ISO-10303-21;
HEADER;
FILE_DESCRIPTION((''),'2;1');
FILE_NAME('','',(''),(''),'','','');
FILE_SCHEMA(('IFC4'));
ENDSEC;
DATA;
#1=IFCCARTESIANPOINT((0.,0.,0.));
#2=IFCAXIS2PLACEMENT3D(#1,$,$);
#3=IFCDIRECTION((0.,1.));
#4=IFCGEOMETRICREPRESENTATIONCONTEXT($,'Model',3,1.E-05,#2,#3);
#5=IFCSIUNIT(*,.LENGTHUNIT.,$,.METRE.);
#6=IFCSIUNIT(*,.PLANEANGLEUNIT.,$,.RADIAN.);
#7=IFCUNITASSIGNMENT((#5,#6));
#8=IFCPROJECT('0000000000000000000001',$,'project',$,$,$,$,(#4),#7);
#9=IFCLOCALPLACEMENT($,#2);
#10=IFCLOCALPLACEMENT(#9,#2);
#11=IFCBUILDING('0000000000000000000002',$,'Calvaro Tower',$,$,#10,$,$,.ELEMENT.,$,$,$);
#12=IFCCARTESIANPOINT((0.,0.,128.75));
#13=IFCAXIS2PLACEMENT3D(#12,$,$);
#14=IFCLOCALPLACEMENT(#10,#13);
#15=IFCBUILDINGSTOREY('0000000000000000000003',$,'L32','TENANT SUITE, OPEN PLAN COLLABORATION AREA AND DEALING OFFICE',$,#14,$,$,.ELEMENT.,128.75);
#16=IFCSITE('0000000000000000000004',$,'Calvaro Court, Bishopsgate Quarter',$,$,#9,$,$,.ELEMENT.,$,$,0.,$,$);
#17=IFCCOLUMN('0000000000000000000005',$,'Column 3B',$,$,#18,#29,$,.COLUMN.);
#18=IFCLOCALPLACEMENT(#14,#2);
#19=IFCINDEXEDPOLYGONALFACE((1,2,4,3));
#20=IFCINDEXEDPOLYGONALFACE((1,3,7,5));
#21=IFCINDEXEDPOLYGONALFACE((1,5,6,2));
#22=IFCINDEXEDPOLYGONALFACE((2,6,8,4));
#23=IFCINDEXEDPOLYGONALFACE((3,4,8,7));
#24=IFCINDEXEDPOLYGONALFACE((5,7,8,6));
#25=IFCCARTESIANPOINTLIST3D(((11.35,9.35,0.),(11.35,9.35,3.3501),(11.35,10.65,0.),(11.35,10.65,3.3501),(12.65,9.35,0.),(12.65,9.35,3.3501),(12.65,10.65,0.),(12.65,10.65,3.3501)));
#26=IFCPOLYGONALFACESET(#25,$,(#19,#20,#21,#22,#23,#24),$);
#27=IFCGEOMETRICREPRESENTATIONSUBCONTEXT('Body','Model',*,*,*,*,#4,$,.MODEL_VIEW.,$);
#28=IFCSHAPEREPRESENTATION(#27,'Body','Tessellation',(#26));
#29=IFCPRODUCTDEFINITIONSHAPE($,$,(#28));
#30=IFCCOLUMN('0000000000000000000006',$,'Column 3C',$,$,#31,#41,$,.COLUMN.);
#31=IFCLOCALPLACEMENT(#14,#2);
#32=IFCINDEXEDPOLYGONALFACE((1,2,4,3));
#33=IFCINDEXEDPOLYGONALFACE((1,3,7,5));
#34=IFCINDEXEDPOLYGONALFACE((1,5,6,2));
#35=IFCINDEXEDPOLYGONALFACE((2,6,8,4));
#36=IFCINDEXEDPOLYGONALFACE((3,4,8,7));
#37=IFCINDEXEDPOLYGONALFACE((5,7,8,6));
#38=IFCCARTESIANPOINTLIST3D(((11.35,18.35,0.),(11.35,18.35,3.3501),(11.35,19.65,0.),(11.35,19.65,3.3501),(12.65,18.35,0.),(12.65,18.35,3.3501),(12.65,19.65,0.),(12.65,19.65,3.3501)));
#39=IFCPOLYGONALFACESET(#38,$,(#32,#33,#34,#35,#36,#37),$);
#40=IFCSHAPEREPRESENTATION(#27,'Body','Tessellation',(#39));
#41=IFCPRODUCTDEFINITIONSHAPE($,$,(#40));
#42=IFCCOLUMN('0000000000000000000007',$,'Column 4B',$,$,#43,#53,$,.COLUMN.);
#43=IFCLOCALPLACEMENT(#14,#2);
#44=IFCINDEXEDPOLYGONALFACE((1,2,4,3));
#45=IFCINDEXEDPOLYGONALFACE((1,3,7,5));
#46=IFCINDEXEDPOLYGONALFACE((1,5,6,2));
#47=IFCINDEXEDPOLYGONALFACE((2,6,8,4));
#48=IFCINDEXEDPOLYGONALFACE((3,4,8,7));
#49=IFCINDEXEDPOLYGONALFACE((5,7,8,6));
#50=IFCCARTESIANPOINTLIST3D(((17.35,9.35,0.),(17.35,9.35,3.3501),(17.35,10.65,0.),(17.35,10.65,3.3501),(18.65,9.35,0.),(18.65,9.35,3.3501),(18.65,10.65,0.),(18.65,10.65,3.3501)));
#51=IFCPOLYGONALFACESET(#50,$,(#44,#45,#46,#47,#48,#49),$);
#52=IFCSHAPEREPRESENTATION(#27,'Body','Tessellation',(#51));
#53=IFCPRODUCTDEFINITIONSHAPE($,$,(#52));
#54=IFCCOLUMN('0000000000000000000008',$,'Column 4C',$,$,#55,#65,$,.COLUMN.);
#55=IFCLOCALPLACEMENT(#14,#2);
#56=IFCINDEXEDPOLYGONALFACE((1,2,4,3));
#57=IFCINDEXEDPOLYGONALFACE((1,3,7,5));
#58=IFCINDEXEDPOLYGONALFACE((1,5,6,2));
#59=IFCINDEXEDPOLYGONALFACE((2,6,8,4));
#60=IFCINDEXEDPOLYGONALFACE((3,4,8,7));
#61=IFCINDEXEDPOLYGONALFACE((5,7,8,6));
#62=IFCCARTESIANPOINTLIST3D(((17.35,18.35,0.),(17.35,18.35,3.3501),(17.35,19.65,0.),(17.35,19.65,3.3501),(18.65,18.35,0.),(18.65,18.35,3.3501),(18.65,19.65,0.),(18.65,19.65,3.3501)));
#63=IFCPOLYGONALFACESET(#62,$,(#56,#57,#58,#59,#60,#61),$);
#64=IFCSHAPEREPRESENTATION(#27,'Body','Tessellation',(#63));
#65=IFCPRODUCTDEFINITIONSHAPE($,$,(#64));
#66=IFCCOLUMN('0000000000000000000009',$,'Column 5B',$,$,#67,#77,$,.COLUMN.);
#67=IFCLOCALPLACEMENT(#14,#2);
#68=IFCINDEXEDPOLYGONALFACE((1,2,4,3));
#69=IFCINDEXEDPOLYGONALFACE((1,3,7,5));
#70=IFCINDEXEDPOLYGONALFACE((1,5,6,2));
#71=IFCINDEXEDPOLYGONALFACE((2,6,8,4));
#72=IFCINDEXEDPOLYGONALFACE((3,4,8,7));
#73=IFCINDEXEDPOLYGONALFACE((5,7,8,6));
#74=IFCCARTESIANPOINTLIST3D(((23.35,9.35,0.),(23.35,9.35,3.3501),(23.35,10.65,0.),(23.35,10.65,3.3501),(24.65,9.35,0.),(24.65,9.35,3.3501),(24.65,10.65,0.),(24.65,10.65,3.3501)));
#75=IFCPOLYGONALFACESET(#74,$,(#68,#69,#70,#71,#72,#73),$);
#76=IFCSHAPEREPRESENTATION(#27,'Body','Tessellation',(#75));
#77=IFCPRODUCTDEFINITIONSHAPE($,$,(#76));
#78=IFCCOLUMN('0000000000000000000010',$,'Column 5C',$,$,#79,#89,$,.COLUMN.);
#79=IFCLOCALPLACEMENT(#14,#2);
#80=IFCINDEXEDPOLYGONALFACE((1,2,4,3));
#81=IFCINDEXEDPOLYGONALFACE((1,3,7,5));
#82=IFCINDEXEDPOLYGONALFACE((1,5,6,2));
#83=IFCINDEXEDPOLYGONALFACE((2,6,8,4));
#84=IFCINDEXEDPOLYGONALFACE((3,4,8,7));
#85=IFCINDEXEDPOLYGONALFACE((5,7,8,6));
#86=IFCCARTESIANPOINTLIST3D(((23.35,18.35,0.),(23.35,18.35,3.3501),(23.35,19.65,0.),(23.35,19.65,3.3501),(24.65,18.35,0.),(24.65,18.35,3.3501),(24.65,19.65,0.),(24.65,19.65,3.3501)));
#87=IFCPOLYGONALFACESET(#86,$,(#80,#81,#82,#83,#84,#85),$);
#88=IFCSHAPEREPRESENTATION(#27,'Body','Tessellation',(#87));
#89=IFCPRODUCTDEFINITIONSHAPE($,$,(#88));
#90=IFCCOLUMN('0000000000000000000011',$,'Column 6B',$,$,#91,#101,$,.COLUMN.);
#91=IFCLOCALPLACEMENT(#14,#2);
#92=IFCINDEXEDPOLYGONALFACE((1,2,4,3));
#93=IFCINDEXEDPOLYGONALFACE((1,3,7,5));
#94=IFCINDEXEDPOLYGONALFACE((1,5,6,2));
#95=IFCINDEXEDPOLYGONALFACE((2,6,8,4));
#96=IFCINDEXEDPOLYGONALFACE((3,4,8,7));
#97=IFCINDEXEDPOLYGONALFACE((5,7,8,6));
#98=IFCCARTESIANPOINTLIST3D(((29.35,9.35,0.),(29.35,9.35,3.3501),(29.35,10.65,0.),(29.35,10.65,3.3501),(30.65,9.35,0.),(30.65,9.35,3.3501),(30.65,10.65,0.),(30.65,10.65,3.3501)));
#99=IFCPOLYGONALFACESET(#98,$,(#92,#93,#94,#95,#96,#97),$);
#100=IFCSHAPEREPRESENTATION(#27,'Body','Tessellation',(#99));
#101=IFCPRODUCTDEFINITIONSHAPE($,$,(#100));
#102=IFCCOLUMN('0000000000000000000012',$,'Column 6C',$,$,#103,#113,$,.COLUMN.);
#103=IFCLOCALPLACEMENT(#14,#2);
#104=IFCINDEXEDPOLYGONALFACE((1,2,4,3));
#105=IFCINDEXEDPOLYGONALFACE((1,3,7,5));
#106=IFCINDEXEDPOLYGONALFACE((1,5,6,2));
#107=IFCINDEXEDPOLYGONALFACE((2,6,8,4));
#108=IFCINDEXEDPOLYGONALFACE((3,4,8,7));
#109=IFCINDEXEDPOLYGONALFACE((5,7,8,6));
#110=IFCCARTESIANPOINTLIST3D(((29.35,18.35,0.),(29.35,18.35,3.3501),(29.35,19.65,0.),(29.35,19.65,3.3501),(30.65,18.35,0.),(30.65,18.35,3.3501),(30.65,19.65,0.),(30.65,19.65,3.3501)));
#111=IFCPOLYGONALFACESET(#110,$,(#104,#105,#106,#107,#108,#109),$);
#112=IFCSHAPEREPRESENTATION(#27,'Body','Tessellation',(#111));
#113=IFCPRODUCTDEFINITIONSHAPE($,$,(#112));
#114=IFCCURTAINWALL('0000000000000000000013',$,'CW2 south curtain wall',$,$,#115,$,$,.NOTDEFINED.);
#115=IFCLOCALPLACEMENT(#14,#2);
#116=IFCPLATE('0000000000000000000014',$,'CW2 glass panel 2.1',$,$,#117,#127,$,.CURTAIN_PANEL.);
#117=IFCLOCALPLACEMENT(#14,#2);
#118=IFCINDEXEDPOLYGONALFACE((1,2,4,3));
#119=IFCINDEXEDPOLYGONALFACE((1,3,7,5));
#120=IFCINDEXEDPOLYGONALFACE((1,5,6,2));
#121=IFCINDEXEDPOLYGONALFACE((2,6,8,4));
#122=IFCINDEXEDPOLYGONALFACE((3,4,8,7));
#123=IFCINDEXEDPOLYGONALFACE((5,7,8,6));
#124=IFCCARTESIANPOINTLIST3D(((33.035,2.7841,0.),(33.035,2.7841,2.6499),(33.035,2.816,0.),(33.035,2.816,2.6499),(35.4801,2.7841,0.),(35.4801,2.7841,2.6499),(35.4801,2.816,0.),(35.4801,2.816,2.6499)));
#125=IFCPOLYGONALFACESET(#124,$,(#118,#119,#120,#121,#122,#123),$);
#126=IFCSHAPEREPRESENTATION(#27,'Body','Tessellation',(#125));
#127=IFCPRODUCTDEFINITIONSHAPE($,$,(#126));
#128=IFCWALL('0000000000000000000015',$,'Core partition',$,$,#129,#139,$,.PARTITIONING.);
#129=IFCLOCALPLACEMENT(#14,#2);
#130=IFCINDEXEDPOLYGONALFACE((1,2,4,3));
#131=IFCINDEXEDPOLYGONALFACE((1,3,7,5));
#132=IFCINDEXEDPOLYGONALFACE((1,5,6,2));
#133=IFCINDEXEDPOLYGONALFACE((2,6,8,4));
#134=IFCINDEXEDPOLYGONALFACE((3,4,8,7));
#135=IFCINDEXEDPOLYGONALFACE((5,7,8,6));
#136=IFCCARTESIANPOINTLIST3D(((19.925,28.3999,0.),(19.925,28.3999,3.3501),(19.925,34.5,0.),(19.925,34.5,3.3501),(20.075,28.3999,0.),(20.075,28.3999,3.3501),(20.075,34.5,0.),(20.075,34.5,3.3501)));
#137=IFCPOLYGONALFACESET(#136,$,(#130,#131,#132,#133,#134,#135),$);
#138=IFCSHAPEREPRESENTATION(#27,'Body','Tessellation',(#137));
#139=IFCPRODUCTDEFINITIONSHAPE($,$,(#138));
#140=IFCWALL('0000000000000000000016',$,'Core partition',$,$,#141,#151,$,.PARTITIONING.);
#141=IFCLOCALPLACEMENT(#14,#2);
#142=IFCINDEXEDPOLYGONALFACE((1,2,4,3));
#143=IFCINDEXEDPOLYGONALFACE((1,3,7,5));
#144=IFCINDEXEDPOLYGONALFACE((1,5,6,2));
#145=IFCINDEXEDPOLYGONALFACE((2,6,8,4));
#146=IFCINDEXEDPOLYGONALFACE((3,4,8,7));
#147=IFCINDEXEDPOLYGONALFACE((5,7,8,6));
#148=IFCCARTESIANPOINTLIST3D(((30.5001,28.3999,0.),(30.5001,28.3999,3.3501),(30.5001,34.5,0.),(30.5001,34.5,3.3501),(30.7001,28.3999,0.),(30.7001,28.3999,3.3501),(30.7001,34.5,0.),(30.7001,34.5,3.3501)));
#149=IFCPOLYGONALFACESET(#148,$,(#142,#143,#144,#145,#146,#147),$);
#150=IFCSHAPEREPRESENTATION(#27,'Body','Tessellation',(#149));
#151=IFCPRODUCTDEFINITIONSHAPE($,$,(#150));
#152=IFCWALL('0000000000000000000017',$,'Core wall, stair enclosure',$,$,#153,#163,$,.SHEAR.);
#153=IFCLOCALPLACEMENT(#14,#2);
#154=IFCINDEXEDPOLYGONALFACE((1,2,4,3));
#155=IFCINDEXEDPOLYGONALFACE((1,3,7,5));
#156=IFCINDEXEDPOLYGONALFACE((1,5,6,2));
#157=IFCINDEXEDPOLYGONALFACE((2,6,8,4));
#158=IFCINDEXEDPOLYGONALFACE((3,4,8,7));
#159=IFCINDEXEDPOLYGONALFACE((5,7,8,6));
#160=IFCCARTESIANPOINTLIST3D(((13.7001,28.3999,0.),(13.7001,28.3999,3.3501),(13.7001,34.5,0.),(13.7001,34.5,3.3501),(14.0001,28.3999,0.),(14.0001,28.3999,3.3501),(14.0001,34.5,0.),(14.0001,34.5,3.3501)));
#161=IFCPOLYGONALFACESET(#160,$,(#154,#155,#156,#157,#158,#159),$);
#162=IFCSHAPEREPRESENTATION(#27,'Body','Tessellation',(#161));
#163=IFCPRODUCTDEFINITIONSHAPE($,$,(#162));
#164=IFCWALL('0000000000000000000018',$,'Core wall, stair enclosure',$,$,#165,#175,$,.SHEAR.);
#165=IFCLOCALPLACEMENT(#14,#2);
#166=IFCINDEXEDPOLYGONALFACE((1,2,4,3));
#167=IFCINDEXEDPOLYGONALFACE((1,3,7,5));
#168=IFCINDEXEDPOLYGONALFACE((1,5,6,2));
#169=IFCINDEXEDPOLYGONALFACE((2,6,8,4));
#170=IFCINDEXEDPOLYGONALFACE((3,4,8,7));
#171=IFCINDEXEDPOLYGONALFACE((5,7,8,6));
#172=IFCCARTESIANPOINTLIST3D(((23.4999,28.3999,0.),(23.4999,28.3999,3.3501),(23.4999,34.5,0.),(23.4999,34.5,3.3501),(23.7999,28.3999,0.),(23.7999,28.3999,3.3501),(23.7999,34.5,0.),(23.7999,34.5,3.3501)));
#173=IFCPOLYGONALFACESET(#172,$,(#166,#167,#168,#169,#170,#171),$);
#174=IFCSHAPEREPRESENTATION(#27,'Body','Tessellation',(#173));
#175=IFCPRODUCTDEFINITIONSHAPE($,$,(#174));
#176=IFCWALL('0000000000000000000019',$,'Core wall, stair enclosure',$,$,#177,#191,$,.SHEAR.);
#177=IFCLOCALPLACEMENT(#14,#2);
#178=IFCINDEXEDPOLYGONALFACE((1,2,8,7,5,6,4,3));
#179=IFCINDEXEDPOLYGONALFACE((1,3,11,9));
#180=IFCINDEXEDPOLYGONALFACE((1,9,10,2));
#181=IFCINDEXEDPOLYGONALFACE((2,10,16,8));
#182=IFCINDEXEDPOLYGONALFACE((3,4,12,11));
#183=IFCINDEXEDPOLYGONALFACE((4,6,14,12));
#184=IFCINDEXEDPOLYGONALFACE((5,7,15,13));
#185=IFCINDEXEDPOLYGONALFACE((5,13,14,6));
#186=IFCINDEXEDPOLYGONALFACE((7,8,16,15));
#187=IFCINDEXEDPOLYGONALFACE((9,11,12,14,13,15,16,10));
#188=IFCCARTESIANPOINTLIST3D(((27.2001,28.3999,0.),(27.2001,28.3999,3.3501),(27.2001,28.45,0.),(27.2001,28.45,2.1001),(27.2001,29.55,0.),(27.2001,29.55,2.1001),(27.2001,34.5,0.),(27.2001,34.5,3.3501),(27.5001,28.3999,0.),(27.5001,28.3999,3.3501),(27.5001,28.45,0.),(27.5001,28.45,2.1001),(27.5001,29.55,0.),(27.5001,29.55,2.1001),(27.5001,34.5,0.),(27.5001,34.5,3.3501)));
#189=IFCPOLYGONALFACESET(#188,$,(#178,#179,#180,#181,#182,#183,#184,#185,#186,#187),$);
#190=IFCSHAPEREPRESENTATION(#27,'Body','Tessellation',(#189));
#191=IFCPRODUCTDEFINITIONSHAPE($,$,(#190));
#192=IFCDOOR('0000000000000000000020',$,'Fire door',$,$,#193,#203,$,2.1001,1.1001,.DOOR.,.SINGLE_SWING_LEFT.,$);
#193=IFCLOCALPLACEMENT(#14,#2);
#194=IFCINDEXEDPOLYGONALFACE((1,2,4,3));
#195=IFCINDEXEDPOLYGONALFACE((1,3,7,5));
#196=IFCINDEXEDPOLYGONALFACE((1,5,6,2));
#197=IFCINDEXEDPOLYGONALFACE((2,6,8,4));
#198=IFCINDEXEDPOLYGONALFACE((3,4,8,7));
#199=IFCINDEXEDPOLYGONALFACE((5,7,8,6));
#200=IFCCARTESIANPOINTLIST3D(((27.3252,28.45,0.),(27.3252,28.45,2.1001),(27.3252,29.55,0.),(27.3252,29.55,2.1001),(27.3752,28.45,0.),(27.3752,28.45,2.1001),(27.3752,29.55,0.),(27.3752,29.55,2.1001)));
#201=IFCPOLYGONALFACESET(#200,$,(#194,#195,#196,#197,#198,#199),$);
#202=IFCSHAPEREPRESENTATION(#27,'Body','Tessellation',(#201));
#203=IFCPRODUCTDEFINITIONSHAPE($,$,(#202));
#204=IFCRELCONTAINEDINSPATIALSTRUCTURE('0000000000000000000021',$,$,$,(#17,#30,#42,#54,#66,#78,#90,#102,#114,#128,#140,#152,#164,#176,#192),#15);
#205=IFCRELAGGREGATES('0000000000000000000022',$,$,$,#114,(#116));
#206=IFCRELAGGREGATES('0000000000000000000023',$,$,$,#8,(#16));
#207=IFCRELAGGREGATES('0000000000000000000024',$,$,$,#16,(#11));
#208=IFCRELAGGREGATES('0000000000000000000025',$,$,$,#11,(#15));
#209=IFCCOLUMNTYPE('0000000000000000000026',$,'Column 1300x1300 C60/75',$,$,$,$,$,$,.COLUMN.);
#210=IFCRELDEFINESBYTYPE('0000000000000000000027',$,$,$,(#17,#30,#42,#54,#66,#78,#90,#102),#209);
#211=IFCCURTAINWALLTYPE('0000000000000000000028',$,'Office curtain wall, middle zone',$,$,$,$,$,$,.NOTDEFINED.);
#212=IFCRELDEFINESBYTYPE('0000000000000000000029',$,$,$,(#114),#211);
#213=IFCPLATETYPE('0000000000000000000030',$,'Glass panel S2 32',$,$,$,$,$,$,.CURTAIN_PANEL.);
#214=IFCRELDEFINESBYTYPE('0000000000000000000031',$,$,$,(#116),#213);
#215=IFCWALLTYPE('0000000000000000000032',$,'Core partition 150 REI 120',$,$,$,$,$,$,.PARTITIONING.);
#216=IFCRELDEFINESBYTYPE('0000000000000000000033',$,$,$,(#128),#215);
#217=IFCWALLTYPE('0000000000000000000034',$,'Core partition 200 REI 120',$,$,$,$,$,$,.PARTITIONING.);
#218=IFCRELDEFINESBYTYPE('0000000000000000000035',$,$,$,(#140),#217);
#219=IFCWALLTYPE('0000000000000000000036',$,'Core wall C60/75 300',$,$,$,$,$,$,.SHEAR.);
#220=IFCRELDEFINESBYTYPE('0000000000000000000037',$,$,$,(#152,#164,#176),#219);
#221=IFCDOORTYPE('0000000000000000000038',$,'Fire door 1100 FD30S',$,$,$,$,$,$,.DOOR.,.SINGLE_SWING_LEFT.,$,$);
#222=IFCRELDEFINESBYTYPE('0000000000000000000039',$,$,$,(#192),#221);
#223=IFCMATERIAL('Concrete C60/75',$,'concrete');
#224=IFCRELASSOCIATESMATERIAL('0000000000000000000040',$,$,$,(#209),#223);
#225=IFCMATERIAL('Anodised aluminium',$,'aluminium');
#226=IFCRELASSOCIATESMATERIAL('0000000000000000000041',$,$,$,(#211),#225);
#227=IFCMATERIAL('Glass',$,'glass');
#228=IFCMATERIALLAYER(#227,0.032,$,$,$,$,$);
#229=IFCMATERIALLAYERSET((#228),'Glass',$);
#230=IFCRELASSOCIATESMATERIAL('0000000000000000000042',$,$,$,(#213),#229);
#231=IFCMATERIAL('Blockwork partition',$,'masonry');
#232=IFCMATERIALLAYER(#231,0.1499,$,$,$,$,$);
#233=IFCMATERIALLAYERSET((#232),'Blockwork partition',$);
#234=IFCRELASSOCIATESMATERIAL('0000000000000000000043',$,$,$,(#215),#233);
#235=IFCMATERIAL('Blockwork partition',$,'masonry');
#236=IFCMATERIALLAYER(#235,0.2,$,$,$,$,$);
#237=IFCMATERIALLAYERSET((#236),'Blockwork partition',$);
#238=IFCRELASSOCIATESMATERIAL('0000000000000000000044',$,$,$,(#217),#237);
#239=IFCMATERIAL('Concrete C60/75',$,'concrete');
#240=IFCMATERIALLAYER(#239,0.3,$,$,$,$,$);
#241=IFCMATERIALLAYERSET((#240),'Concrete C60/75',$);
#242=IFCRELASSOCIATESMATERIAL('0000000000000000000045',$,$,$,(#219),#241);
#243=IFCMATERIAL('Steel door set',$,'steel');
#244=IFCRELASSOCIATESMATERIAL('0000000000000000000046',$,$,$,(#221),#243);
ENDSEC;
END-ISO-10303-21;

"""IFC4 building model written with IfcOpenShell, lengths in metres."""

from ifc_helpers import new_model, si_unit, direction, frame, frame_2d, origin, origin_2d, place, context, subcontext, project, spatial, rectangle, extrude, material, layer, layer_set, material_profile, profile_set, type_object, element, fill, aggregate, save


model = new_model("IFC4")

# Units and contexts
model_context = context("Model", 3, precision=1e-05, world=origin(), true_north=direction((0.0, 1.0)))
body_context = subcontext(model_context, "Body", "Model", "MODEL_VIEW")
ifc_project = project(units=[si_unit("LENGTHUNIT", "METRE"), si_unit("PLANEANGLEUNIT", "RADIAN")], contexts=[model_context])

# Site, building, storey
site_placement = place(None, origin())
site = spatial("IfcSite", under=ifc_project, at=site_placement, Name="Calvaro Court, Bishopsgate Quarter", CompositionType="ELEMENT", RefElevation=0.0)
building_placement = place(site_placement, origin())
building = spatial("IfcBuilding", under=site, at=building_placement, Name="Calvaro Tower", CompositionType="ELEMENT")
storey_placement = place(building_placement, frame((0.0, 0.0, 128.75)))
storey = spatial("IfcBuildingStorey", under=building, at=storey_placement, Name="L32", Description="TENANT SUITE, OPEN PLAN COLLABORATION AREA AND DEALING OFFICE", CompositionType="ELEMENT", Elevation=128.75)

# Columns
ifc_material_1 = material(Name="Concrete C60/75", Category="concrete")
ifc_material_profile = material_profile(ifc_material_1, rectangle(XDim=1.3, YDim=1.3, at=origin_2d()), Name="RC 1300x1300")
ifc_profile_set = profile_set([ifc_material_profile], Name="Concrete C60/75")
column_type = type_object("IfcColumnType", Name="Column 1300x1300 C60/75", PredefinedType="COLUMN", material=ifc_profile_set)
for number, where, z_axis, x_axis, name in (
    (1, (12.0, 10.0, 0.0), (0.0, 0.0, 1.0), (1.0, 0.0, 0.0), "Column 3B"),
    (2, (12.0, 19.0, 0.0), (0.0, 0.0, 1.0), (1.0, 0.0, 0.0), "Column 3C"),
    (3, (18.0, 10.0, 0.0), (0.0, 0.0, 1.0), (1.0, 0.0, 0.0), "Column 4B"),
    (4, (18.0, 19.0, 0.0), (0.0, 0.0, 1.0), (1.0, 0.0, 0.0), "Column 4C"),
    (5, (24.0, 10.0, 0.0), (0.0, 0.0, 1.0), (1.0, 0.0, 0.0), "Column 5B"),
    (6, (24.0, 19.0, 0.0), (0.0, 0.0, 1.0), (1.0, 0.0, 0.0), "Column 5C"),
    (7, (30.0, 10.0, 0.0), (0.0, 0.0, 1.0), (1.0, 0.0, 0.0), "Column 6B"),
    (8, (30.0, 19.0, 0.0), (0.0, 0.0, 1.0), (1.0, 0.0, 0.0), "Column 6C"),
):
    element("IfcColumn", number, at=place(storey_placement, frame(where, z_axis=z_axis, x_axis=x_axis)), inside=storey, type_object=column_type, Name=name, PredefinedType="COLUMN", context=body_context, shape_type="SweptSolid", body=[
        extrude(rectangle(XDim=1.3, YDim=1.3, at=origin_2d()), origin(), (0.0, 0.0, 1.0), 3.3501),
    ])

# Curtain wall, plate
ifc_material_2 = material(Name="Anodised aluminium", Category="aluminium")
curtain_wall_type = type_object("IfcCurtainWallType", Name="Office curtain wall, middle zone", PredefinedType="NOTDEFINED", material=ifc_material_2)
curtain_wall_placement = place(storey_placement, origin())
curtain_wall = element("IfcCurtainWall", 9, at=curtain_wall_placement, inside=storey, type_object=curtain_wall_type, Name="CW2 south curtain wall", PredefinedType="NOTDEFINED")
ifc_material_3 = material(Name="Glass", Category="glass")
ifc_layer_1 = layer(ifc_material_3, 0.032)
ifc_layer_set_1 = layer_set([ifc_layer_1], Name="Glass")
plate_type = type_object("IfcPlateType", Name="Glass panel S2 32", PredefinedType="CURTAIN_PANEL", material=ifc_layer_set_1)
plate_placement = place(storey_placement, frame((34.2576, 2.8, 0.0), z_axis=(0.0, 0.0, 1.0), x_axis=(1.0, 0.0, 0.0)))
plate = element("IfcPlate", 10, at=plate_placement, type_object=plate_type, Name="CW2 glass panel 2.1", PredefinedType="CURTAIN_PANEL", context=body_context, shape_type="SweptSolid", body=[
    extrude(rectangle(XDim=2.4451, YDim=0.032, at=origin_2d()), origin(), (0.0, 0.0, 1.0), 2.6499),
])
aggregate(curtain_wall, [plate])

# Walls
ifc_material_4 = material(Name="Blockwork partition", Category="masonry")
ifc_layer_2 = layer(ifc_material_4, 0.1499)
ifc_layer_set_2 = layer_set([ifc_layer_2], Name="Blockwork partition")
wall_type_1 = type_object("IfcWallType", Name="Core partition 150 REI 120", PredefinedType="PARTITIONING", material=ifc_layer_set_2)
wall_1_placement = place(storey_placement, frame((20.0, 28.3999, 0.0), z_axis=(0.0, 0.0, 1.0), x_axis=(0.0, 1.0, 0.0)))
element("IfcWall", 11, at=wall_1_placement, inside=storey, type_object=wall_type_1, Name="Core partition", PredefinedType="PARTITIONING", context=body_context, shape_type="SweptSolid", body=[
    extrude(rectangle(XDim=6.1001, YDim=0.1499, at=frame_2d((3.05, 0.0))), origin(), (0.0, 0.0, 1.0), 3.3501),
])
ifc_material_5 = material(Name="Blockwork partition", Category="masonry")
ifc_layer_3 = layer(ifc_material_5, 0.2)
ifc_layer_set_3 = layer_set([ifc_layer_3], Name="Blockwork partition")
wall_type_2 = type_object("IfcWallType", Name="Core partition 200 REI 120", PredefinedType="PARTITIONING", material=ifc_layer_set_3)
wall_2_placement = place(storey_placement, frame((30.6001, 28.3999, 0.0), z_axis=(0.0, 0.0, 1.0), x_axis=(0.0, 1.0, 0.0)))
element("IfcWall", 12, at=wall_2_placement, inside=storey, type_object=wall_type_2, Name="Core partition", PredefinedType="PARTITIONING", context=body_context, shape_type="SweptSolid", body=[
    extrude(rectangle(XDim=6.1001, YDim=0.2, at=frame_2d((3.05, 0.0))), origin(), (0.0, 0.0, 1.0), 3.3501),
])
ifc_material_6 = material(Name="Concrete C60/75", Category="concrete")
ifc_layer_4 = layer(ifc_material_6, 0.3)
ifc_layer_set_4 = layer_set([ifc_layer_4], Name="Concrete C60/75")
wall_type_3 = type_object("IfcWallType", Name="Core wall C60/75 300", PredefinedType="SHEAR", material=ifc_layer_set_4)
for number, where, z_axis, x_axis, name in (
    (13, (13.8501, 28.3999, 0.0), (0.0, 0.0, 1.0), (0.0, 1.0, 0.0), "Core wall, stair enclosure"),
    (14, (23.6499, 28.3999, 0.0), (0.0, 0.0, 1.0), (0.0, 1.0, 0.0), "Core wall, stair enclosure"),
):
    element("IfcWall", number, at=place(storey_placement, frame(where, z_axis=z_axis, x_axis=x_axis)), inside=storey, type_object=wall_type_3, Name=name, PredefinedType="SHEAR", context=body_context, shape_type="SweptSolid", body=[
        extrude(rectangle(XDim=6.1001, YDim=0.3, at=frame_2d((3.05, 0.0))), origin(), (0.0, 0.0, 1.0), 3.3501),
    ])

# Wall, opening, door
wall_3_placement = place(storey_placement, frame((27.3501, 28.3999, 0.0), z_axis=(0.0, 0.0, 1.0), x_axis=(0.0, 1.0, 0.0)))
wall_3 = element("IfcWall", 15, at=wall_3_placement, inside=storey, type_object=wall_type_3, Name="Core wall, stair enclosure", PredefinedType="SHEAR", context=body_context, shape_type="SweptSolid", body=[
    extrude(rectangle(XDim=6.1001, YDim=0.3, at=frame_2d((3.05, 0.0))), origin(), (0.0, 0.0, 1.0), 3.3501),
])
opening_1_placement = place(wall_3_placement, frame((0.05, 0.0, 0.0)))
opening_1 = element("IfcOpeningElement", 16, at=opening_1_placement, cuts=wall_3, PredefinedType="OPENING", context=body_context, shape_type="SweptSolid", body=[
    extrude(rectangle(XDim=1.1001, YDim=2.1001, at=frame_2d((0.55, 1.05))), frame((0.0, 0.1599, 0.0), z_axis=(0.0, -1.0, 0.0), x_axis=(1.0, 0.0, 0.0)), (0.0, 0.0, 1.0), 0.3201),
])
ifc_material_7 = material(Name="Steel door set", Category="steel")
door_type_1 = type_object("IfcDoorType", Name="Fire door 1100 FD30S", OperationType="SINGLE_SWING_LEFT", PredefinedType="DOOR", material=ifc_material_7)
door_1_placement = place(opening_1_placement, origin())
door_1 = element("IfcDoor", 17, at=door_1_placement, inside=storey, type_object=door_type_1, Name="Fire door", OperationType="SINGLE_SWING_LEFT", OverallHeight=2.1001, OverallWidth=1.1001, PredefinedType="DOOR", context=body_context, shape_type="SweptSolid", body=[
    extrude(rectangle(XDim=1.1001, YDim=2.1001, at=frame_2d((0.55, 1.05))), frame((0.0, 0.0249, 0.0), z_axis=(0.0, -1.0, 0.0), x_axis=(1.0, 0.0, 0.0)), (0.0, 0.0, 1.0), 0.05),
])
fill(opening_1, door_1)

save(model, "model.ifc")
